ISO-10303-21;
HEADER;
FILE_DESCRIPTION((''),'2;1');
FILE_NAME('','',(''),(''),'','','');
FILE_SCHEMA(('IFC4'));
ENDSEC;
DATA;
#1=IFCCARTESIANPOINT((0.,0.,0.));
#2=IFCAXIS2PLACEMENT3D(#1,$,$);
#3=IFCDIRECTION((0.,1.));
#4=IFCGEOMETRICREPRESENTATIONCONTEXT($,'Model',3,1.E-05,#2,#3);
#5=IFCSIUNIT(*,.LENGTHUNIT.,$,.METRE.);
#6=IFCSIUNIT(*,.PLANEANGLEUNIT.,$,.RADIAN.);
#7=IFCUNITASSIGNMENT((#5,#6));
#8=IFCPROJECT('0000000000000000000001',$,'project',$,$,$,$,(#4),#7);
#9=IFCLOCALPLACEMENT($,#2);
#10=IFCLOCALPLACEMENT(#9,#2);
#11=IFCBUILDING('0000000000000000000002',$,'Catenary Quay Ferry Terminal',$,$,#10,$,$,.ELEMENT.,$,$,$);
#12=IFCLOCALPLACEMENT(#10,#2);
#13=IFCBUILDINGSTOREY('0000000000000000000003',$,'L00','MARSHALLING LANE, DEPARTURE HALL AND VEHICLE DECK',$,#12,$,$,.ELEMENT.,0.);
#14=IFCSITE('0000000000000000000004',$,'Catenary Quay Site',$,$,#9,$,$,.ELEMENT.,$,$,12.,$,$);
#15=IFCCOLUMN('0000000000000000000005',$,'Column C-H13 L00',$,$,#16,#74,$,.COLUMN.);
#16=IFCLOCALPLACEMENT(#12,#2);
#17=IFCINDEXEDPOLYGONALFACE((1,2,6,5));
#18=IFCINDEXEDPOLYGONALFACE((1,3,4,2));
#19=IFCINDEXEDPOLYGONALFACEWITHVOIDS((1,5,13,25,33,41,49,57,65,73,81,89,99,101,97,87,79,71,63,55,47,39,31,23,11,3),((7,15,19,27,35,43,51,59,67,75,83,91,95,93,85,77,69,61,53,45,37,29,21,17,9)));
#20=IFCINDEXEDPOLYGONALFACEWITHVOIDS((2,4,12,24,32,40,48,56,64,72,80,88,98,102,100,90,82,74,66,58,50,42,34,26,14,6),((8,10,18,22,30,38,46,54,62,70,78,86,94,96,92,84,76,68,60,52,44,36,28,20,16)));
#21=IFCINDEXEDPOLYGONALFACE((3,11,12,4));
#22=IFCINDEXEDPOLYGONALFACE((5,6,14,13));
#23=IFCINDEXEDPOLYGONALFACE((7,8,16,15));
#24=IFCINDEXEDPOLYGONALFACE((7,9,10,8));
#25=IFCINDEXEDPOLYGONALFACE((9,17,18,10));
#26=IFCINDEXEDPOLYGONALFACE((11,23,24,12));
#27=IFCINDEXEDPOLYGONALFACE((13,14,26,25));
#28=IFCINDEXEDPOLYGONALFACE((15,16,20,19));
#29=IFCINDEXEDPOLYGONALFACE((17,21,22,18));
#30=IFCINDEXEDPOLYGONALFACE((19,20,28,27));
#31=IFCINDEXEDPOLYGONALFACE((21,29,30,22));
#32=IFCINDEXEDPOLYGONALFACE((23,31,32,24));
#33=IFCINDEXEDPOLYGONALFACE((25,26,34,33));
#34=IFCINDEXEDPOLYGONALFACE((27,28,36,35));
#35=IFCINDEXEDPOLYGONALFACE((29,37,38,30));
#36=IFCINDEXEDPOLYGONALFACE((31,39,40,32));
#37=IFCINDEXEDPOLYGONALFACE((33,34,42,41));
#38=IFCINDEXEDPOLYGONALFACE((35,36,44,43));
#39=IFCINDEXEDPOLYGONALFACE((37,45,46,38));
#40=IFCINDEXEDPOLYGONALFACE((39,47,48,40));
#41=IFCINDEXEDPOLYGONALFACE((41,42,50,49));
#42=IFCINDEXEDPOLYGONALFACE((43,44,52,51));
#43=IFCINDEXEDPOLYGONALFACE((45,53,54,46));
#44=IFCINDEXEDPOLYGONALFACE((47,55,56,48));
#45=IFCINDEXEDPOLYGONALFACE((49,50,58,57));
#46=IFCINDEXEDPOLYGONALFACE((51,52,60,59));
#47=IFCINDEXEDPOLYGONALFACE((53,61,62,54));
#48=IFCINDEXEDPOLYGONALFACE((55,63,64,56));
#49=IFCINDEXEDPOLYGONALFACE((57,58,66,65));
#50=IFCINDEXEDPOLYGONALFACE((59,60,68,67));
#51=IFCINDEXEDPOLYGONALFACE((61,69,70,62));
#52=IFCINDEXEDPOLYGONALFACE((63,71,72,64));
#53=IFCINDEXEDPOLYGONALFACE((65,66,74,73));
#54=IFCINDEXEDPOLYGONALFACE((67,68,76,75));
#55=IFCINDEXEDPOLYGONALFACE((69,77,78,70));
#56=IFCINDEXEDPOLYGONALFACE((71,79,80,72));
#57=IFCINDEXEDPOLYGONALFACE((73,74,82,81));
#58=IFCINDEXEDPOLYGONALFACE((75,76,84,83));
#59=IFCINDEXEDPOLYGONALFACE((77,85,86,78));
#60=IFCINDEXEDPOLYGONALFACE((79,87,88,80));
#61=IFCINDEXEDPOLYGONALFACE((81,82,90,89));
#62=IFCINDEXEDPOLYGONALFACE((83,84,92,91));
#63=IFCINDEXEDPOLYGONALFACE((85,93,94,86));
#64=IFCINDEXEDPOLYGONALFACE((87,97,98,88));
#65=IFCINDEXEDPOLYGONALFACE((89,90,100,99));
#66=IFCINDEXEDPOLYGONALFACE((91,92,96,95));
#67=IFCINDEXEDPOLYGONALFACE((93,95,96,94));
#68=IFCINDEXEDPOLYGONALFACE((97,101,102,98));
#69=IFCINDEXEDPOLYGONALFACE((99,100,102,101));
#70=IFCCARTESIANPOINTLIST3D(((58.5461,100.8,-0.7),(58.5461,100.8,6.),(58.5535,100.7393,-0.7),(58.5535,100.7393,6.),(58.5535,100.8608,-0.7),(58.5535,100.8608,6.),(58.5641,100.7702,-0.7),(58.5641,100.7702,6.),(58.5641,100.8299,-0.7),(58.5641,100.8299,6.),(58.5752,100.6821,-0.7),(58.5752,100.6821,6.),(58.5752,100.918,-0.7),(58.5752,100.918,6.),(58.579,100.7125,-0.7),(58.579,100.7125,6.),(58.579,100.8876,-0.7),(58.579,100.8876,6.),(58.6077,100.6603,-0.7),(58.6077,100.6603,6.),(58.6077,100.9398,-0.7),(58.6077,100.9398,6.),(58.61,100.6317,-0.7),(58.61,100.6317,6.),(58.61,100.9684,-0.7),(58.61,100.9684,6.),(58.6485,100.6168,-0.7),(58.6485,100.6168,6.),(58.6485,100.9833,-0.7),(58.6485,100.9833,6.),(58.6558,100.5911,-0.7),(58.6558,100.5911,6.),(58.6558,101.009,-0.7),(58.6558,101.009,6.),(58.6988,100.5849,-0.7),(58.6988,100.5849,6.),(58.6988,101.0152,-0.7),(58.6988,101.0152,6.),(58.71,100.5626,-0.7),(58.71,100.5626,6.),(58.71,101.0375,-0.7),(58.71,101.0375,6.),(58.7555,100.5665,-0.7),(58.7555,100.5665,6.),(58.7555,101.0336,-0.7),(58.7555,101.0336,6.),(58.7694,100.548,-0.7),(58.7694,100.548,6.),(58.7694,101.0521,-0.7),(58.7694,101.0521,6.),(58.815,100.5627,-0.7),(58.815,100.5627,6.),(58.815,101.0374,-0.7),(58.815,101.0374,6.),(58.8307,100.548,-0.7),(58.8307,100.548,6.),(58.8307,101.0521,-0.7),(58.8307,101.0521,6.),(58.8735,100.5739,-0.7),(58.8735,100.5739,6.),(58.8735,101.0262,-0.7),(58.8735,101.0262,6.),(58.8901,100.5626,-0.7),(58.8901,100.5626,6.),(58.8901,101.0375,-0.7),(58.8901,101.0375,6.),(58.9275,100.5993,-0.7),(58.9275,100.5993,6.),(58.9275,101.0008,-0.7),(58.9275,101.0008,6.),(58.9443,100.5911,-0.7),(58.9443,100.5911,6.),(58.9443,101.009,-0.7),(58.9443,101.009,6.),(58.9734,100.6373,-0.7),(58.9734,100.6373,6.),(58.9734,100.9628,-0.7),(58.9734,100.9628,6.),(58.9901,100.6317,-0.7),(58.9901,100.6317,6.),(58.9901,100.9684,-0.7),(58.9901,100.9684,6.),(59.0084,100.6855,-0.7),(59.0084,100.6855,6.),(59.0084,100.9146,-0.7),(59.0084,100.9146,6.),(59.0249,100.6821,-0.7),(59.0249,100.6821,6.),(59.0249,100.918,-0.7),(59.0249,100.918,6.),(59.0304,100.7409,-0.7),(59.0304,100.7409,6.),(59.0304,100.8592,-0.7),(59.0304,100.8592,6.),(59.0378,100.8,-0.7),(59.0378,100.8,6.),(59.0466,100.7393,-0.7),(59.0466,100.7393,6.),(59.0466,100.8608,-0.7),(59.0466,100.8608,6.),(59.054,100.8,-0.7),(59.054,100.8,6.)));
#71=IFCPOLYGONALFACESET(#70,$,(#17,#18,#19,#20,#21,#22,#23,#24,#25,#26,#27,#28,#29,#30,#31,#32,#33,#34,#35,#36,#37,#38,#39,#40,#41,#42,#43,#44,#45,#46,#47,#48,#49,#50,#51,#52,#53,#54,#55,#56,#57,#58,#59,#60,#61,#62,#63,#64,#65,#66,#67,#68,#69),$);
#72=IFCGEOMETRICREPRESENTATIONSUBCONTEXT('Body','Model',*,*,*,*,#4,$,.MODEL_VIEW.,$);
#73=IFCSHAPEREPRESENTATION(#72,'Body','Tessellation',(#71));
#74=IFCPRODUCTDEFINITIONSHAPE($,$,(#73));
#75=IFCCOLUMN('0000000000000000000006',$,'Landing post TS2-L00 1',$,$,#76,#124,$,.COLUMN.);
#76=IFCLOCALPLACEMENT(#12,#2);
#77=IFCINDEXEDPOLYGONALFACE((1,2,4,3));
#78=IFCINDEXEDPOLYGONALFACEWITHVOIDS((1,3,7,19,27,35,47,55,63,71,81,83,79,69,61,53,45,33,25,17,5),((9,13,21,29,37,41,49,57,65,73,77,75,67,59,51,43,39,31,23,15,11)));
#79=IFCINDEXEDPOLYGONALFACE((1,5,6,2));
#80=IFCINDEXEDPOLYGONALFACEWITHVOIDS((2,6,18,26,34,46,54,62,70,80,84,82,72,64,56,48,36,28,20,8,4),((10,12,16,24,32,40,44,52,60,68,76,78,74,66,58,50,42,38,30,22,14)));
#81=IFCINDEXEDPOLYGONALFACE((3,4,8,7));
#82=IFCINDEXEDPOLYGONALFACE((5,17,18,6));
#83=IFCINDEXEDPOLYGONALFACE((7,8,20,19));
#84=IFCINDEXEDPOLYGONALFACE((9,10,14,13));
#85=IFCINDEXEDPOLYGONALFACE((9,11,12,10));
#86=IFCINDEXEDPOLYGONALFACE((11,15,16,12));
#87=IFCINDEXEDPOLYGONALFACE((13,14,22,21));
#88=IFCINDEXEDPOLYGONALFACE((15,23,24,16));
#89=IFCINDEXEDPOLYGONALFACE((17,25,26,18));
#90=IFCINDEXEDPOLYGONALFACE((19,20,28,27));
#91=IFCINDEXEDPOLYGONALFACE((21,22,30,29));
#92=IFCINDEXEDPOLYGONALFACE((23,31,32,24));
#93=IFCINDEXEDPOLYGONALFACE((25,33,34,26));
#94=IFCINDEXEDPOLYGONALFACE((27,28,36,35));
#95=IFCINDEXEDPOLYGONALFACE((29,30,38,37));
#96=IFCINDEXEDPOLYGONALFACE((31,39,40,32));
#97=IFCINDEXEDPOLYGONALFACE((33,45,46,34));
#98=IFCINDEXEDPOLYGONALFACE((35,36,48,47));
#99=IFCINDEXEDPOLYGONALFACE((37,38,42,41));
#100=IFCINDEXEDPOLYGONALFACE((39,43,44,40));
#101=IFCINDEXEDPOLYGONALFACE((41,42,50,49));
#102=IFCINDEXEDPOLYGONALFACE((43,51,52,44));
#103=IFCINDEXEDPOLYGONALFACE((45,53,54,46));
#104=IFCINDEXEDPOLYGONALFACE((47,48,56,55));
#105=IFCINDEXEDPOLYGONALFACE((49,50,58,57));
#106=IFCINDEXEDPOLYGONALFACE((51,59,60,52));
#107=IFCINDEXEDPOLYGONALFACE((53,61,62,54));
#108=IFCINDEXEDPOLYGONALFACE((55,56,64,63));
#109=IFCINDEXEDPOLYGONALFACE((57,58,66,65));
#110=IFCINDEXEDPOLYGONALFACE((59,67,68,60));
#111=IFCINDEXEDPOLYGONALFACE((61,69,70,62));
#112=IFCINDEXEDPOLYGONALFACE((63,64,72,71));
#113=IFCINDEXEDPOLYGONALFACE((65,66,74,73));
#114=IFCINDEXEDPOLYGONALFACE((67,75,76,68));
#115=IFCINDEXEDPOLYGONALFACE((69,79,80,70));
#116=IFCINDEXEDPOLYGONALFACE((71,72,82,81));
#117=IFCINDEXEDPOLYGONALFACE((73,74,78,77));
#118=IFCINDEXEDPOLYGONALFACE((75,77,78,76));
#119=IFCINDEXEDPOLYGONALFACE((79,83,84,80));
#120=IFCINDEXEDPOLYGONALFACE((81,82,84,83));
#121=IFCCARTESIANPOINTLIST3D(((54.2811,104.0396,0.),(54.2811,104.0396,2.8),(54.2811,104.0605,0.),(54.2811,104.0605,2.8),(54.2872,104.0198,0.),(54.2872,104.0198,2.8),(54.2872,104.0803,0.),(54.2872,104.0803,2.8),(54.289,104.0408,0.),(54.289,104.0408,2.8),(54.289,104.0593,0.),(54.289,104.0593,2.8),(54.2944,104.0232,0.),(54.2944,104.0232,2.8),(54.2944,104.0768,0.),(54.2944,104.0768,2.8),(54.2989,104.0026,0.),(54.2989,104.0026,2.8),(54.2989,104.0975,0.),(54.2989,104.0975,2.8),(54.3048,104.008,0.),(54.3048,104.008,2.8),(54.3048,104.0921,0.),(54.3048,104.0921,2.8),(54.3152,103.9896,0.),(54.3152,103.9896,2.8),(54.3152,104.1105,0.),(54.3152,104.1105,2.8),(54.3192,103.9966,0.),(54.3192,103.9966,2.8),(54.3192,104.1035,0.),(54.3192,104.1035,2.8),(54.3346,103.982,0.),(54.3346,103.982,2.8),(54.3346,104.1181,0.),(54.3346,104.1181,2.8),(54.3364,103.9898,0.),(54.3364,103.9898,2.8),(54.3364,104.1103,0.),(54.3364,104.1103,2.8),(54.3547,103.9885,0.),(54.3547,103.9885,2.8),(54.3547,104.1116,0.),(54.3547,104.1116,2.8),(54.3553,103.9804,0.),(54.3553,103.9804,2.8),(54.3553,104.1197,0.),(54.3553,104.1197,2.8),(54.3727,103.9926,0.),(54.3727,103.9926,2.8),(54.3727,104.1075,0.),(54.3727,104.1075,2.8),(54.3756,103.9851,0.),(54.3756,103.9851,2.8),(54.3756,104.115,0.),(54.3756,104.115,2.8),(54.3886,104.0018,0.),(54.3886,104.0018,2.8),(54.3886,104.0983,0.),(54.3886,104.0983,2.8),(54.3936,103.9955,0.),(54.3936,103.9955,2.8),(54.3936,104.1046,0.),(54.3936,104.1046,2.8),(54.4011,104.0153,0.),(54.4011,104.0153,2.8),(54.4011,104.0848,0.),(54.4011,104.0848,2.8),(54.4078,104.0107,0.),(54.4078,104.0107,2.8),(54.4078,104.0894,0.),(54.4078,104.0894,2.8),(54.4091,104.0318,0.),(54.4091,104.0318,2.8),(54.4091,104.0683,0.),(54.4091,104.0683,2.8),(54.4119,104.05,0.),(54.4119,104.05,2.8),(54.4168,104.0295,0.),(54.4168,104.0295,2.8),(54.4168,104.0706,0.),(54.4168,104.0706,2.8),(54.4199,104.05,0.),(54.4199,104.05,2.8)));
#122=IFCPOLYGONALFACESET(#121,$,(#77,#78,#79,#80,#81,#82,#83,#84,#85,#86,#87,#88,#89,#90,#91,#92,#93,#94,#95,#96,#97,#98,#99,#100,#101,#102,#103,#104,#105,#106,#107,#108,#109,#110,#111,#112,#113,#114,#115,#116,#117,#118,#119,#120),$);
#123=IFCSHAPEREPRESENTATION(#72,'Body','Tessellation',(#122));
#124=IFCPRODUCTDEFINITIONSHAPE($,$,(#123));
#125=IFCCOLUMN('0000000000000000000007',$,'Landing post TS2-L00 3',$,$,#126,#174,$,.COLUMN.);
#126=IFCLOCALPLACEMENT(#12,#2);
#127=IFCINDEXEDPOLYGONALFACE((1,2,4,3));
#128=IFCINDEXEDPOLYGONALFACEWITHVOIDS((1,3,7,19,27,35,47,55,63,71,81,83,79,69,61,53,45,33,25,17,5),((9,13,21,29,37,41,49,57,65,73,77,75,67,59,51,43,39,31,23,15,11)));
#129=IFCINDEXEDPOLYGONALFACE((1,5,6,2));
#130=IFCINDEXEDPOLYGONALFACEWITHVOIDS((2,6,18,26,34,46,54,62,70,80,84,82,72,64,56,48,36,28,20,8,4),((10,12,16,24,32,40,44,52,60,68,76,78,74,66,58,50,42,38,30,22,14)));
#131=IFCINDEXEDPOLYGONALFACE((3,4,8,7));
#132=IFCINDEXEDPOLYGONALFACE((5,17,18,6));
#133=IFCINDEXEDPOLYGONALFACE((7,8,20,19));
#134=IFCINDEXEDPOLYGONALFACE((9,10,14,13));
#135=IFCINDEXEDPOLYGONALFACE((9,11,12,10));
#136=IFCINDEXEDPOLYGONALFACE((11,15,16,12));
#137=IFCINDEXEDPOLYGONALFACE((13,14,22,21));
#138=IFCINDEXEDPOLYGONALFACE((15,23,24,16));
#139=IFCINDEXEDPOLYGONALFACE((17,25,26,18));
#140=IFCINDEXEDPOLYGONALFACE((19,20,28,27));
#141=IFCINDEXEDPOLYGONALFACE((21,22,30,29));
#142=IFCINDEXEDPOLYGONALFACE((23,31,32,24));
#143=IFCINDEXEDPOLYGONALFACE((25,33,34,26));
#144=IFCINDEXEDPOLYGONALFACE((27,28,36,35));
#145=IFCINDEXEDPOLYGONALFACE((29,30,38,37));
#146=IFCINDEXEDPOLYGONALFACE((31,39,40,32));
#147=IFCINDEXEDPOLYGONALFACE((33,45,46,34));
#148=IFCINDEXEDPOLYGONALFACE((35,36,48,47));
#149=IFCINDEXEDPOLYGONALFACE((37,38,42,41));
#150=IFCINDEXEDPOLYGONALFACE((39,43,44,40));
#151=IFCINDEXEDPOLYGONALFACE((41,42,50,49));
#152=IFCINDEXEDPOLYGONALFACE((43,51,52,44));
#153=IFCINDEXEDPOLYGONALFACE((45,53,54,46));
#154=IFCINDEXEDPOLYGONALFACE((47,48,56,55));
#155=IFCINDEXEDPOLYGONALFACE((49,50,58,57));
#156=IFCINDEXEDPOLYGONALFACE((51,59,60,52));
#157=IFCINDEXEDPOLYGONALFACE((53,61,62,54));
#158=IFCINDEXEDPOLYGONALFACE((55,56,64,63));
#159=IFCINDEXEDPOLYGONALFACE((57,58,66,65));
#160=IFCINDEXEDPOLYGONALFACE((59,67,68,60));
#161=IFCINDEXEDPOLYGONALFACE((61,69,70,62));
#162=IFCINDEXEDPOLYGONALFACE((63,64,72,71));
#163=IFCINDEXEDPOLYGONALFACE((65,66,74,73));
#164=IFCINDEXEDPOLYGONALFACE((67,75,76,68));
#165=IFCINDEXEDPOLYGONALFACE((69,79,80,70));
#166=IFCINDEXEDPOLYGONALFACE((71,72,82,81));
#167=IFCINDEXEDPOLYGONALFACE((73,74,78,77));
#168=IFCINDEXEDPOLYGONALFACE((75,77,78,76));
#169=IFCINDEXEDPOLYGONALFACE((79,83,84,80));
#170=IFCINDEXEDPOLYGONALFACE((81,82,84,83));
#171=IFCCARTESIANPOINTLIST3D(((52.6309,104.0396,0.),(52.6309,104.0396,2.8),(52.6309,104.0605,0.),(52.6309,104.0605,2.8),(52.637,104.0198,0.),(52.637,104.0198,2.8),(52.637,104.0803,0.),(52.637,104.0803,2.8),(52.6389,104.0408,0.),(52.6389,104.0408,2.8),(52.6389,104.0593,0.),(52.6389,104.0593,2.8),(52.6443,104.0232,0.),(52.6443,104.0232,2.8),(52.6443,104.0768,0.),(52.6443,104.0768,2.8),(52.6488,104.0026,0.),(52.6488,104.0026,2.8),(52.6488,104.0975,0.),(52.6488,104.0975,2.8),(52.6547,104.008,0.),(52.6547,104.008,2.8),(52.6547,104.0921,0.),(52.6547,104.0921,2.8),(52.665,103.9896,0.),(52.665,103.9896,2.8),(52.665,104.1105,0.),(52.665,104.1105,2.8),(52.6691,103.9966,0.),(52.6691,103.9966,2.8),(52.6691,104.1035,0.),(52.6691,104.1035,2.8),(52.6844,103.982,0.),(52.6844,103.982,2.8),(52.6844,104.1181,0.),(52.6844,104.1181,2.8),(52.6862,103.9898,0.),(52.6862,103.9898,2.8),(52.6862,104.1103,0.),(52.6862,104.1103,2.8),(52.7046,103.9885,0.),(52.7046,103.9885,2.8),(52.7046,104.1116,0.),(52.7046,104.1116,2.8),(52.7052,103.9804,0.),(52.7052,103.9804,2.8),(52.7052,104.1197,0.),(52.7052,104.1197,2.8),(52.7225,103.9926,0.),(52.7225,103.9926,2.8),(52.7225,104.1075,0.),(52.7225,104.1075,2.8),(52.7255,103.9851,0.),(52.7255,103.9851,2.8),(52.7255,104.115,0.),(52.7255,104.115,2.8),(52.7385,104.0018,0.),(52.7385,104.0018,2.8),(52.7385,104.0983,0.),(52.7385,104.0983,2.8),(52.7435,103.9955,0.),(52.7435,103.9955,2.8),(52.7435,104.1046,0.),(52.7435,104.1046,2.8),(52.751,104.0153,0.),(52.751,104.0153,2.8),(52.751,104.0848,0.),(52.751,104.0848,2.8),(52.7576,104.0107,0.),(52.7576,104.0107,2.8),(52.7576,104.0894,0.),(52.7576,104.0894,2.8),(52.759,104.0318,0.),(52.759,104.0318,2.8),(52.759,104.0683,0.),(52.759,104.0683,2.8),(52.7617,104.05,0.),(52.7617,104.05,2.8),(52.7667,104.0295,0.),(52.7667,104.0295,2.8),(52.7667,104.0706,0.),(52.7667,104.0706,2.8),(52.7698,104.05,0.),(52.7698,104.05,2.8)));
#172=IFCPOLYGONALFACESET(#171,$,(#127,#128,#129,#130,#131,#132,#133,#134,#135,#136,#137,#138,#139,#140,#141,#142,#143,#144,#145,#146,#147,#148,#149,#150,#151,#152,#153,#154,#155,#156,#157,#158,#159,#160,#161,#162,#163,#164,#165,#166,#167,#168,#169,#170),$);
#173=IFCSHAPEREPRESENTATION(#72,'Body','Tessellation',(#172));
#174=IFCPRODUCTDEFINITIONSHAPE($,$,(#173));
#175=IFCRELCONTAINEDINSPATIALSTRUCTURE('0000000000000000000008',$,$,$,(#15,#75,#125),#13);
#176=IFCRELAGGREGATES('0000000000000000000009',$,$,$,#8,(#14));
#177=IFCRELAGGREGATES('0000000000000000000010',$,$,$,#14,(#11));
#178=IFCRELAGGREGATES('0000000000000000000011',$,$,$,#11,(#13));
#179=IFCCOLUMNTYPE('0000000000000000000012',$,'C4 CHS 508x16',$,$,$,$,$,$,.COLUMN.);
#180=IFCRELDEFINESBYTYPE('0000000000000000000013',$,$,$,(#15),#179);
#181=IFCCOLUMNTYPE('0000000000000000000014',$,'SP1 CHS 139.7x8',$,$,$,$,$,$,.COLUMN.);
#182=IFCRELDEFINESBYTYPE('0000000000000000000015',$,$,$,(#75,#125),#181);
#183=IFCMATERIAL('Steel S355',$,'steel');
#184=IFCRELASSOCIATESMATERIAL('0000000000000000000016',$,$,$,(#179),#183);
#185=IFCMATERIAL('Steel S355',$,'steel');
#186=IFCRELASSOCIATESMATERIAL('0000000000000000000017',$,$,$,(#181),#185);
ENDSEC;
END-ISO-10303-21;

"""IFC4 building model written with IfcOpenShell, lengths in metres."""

from ifc_helpers import new_model, si_unit, direction, frame, origin, origin_2d, place, context, subcontext, project, spatial, hollow_circle, extrude, material, material_profile, profile_set, type_object, element, save


model = new_model("IFC4")

# Units and contexts
model_context = context("Model", 3, precision=1e-05, world=origin(), true_north=direction((0.0, 1.0)))
body_context = subcontext(model_context, "Body", "Model", "MODEL_VIEW")
ifc_project = project(units=[si_unit("LENGTHUNIT", "METRE"), si_unit("PLANEANGLEUNIT", "RADIAN")], contexts=[model_context])

# Site, building, storey
site_placement = place(None, origin())
site = spatial("IfcSite", under=ifc_project, at=site_placement, Name="Catenary Quay Site", CompositionType="ELEMENT", RefElevation=12.0)
building_placement = place(site_placement, origin())
building = spatial("IfcBuilding", under=site, at=building_placement, Name="Catenary Quay Ferry Terminal", CompositionType="ELEMENT")
storey_placement = place(building_placement, origin())
storey = spatial("IfcBuildingStorey", under=building, at=storey_placement, Name="L00", Description="MARSHALLING LANE, DEPARTURE HALL AND VEHICLE DECK", CompositionType="ELEMENT", Elevation=0.0)

# Columns
ifc_material_1 = material(Name="Steel S355", Category="steel")
ifc_material_profile_1 = material_profile(ifc_material_1, hollow_circle(Radius=0.2539, WallThickness=0.0161, at=origin_2d()), Name="CHS 508x16")
ifc_profile_set_1 = profile_set([ifc_material_profile_1], Name="Steel S355")
column_type_1 = type_object("IfcColumnType", Name="C4 CHS 508x16", PredefinedType="COLUMN", material=ifc_profile_set_1)
column_placement = place(storey_placement, frame((58.8, 100.8, -0.7), z_axis=(0.0, 0.0, 1.0), x_axis=(1.0, 0.0, 0.0)))
element("IfcColumn", 1, at=column_placement, inside=storey, type_object=column_type_1, Name="Column C-H13 L00", PredefinedType="COLUMN", context=body_context, shape_type="SweptSolid", body=[
    extrude(hollow_circle(Radius=0.2539, WallThickness=0.0161, at=origin_2d()), origin(), (0.0, 0.0, 1.0), 6.7),
])
ifc_material_2 = material(Name="Steel S355", Category="steel")
ifc_material_profile_2 = material_profile(ifc_material_2, hollow_circle(Radius=0.0698, WallThickness=0.0081, at=origin_2d()), Name="CHS 139.7x8")
ifc_profile_set_2 = profile_set([ifc_material_profile_2], Name="Steel S355")
column_type_2 = type_object("IfcColumnType", Name="SP1 CHS 139.7x8", PredefinedType="COLUMN", material=ifc_profile_set_2)
for number, where, z_axis, x_axis, name in (
    (2, (54.3501, 104.05, 0.0), (0.0, 0.0, 1.0), (1.0, 0.0, 0.0), "Landing post TS2-L00 1"),
    (3, (52.7, 104.05, 0.0), (0.0, 0.0, 1.0), (1.0, 0.0, 0.0), "Landing post TS2-L00 3"),
):
    element("IfcColumn", number, at=place(storey_placement, frame(where, z_axis=z_axis, x_axis=x_axis)), inside=storey, type_object=column_type_2, Name=name, PredefinedType="COLUMN", context=body_context, shape_type="SweptSolid", body=[
        extrude(hollow_circle(Radius=0.0698, WallThickness=0.0081, at=origin_2d()), origin(), (0.0, 0.0, 1.0), 2.8),
    ])

save(model, "model.ifc")
